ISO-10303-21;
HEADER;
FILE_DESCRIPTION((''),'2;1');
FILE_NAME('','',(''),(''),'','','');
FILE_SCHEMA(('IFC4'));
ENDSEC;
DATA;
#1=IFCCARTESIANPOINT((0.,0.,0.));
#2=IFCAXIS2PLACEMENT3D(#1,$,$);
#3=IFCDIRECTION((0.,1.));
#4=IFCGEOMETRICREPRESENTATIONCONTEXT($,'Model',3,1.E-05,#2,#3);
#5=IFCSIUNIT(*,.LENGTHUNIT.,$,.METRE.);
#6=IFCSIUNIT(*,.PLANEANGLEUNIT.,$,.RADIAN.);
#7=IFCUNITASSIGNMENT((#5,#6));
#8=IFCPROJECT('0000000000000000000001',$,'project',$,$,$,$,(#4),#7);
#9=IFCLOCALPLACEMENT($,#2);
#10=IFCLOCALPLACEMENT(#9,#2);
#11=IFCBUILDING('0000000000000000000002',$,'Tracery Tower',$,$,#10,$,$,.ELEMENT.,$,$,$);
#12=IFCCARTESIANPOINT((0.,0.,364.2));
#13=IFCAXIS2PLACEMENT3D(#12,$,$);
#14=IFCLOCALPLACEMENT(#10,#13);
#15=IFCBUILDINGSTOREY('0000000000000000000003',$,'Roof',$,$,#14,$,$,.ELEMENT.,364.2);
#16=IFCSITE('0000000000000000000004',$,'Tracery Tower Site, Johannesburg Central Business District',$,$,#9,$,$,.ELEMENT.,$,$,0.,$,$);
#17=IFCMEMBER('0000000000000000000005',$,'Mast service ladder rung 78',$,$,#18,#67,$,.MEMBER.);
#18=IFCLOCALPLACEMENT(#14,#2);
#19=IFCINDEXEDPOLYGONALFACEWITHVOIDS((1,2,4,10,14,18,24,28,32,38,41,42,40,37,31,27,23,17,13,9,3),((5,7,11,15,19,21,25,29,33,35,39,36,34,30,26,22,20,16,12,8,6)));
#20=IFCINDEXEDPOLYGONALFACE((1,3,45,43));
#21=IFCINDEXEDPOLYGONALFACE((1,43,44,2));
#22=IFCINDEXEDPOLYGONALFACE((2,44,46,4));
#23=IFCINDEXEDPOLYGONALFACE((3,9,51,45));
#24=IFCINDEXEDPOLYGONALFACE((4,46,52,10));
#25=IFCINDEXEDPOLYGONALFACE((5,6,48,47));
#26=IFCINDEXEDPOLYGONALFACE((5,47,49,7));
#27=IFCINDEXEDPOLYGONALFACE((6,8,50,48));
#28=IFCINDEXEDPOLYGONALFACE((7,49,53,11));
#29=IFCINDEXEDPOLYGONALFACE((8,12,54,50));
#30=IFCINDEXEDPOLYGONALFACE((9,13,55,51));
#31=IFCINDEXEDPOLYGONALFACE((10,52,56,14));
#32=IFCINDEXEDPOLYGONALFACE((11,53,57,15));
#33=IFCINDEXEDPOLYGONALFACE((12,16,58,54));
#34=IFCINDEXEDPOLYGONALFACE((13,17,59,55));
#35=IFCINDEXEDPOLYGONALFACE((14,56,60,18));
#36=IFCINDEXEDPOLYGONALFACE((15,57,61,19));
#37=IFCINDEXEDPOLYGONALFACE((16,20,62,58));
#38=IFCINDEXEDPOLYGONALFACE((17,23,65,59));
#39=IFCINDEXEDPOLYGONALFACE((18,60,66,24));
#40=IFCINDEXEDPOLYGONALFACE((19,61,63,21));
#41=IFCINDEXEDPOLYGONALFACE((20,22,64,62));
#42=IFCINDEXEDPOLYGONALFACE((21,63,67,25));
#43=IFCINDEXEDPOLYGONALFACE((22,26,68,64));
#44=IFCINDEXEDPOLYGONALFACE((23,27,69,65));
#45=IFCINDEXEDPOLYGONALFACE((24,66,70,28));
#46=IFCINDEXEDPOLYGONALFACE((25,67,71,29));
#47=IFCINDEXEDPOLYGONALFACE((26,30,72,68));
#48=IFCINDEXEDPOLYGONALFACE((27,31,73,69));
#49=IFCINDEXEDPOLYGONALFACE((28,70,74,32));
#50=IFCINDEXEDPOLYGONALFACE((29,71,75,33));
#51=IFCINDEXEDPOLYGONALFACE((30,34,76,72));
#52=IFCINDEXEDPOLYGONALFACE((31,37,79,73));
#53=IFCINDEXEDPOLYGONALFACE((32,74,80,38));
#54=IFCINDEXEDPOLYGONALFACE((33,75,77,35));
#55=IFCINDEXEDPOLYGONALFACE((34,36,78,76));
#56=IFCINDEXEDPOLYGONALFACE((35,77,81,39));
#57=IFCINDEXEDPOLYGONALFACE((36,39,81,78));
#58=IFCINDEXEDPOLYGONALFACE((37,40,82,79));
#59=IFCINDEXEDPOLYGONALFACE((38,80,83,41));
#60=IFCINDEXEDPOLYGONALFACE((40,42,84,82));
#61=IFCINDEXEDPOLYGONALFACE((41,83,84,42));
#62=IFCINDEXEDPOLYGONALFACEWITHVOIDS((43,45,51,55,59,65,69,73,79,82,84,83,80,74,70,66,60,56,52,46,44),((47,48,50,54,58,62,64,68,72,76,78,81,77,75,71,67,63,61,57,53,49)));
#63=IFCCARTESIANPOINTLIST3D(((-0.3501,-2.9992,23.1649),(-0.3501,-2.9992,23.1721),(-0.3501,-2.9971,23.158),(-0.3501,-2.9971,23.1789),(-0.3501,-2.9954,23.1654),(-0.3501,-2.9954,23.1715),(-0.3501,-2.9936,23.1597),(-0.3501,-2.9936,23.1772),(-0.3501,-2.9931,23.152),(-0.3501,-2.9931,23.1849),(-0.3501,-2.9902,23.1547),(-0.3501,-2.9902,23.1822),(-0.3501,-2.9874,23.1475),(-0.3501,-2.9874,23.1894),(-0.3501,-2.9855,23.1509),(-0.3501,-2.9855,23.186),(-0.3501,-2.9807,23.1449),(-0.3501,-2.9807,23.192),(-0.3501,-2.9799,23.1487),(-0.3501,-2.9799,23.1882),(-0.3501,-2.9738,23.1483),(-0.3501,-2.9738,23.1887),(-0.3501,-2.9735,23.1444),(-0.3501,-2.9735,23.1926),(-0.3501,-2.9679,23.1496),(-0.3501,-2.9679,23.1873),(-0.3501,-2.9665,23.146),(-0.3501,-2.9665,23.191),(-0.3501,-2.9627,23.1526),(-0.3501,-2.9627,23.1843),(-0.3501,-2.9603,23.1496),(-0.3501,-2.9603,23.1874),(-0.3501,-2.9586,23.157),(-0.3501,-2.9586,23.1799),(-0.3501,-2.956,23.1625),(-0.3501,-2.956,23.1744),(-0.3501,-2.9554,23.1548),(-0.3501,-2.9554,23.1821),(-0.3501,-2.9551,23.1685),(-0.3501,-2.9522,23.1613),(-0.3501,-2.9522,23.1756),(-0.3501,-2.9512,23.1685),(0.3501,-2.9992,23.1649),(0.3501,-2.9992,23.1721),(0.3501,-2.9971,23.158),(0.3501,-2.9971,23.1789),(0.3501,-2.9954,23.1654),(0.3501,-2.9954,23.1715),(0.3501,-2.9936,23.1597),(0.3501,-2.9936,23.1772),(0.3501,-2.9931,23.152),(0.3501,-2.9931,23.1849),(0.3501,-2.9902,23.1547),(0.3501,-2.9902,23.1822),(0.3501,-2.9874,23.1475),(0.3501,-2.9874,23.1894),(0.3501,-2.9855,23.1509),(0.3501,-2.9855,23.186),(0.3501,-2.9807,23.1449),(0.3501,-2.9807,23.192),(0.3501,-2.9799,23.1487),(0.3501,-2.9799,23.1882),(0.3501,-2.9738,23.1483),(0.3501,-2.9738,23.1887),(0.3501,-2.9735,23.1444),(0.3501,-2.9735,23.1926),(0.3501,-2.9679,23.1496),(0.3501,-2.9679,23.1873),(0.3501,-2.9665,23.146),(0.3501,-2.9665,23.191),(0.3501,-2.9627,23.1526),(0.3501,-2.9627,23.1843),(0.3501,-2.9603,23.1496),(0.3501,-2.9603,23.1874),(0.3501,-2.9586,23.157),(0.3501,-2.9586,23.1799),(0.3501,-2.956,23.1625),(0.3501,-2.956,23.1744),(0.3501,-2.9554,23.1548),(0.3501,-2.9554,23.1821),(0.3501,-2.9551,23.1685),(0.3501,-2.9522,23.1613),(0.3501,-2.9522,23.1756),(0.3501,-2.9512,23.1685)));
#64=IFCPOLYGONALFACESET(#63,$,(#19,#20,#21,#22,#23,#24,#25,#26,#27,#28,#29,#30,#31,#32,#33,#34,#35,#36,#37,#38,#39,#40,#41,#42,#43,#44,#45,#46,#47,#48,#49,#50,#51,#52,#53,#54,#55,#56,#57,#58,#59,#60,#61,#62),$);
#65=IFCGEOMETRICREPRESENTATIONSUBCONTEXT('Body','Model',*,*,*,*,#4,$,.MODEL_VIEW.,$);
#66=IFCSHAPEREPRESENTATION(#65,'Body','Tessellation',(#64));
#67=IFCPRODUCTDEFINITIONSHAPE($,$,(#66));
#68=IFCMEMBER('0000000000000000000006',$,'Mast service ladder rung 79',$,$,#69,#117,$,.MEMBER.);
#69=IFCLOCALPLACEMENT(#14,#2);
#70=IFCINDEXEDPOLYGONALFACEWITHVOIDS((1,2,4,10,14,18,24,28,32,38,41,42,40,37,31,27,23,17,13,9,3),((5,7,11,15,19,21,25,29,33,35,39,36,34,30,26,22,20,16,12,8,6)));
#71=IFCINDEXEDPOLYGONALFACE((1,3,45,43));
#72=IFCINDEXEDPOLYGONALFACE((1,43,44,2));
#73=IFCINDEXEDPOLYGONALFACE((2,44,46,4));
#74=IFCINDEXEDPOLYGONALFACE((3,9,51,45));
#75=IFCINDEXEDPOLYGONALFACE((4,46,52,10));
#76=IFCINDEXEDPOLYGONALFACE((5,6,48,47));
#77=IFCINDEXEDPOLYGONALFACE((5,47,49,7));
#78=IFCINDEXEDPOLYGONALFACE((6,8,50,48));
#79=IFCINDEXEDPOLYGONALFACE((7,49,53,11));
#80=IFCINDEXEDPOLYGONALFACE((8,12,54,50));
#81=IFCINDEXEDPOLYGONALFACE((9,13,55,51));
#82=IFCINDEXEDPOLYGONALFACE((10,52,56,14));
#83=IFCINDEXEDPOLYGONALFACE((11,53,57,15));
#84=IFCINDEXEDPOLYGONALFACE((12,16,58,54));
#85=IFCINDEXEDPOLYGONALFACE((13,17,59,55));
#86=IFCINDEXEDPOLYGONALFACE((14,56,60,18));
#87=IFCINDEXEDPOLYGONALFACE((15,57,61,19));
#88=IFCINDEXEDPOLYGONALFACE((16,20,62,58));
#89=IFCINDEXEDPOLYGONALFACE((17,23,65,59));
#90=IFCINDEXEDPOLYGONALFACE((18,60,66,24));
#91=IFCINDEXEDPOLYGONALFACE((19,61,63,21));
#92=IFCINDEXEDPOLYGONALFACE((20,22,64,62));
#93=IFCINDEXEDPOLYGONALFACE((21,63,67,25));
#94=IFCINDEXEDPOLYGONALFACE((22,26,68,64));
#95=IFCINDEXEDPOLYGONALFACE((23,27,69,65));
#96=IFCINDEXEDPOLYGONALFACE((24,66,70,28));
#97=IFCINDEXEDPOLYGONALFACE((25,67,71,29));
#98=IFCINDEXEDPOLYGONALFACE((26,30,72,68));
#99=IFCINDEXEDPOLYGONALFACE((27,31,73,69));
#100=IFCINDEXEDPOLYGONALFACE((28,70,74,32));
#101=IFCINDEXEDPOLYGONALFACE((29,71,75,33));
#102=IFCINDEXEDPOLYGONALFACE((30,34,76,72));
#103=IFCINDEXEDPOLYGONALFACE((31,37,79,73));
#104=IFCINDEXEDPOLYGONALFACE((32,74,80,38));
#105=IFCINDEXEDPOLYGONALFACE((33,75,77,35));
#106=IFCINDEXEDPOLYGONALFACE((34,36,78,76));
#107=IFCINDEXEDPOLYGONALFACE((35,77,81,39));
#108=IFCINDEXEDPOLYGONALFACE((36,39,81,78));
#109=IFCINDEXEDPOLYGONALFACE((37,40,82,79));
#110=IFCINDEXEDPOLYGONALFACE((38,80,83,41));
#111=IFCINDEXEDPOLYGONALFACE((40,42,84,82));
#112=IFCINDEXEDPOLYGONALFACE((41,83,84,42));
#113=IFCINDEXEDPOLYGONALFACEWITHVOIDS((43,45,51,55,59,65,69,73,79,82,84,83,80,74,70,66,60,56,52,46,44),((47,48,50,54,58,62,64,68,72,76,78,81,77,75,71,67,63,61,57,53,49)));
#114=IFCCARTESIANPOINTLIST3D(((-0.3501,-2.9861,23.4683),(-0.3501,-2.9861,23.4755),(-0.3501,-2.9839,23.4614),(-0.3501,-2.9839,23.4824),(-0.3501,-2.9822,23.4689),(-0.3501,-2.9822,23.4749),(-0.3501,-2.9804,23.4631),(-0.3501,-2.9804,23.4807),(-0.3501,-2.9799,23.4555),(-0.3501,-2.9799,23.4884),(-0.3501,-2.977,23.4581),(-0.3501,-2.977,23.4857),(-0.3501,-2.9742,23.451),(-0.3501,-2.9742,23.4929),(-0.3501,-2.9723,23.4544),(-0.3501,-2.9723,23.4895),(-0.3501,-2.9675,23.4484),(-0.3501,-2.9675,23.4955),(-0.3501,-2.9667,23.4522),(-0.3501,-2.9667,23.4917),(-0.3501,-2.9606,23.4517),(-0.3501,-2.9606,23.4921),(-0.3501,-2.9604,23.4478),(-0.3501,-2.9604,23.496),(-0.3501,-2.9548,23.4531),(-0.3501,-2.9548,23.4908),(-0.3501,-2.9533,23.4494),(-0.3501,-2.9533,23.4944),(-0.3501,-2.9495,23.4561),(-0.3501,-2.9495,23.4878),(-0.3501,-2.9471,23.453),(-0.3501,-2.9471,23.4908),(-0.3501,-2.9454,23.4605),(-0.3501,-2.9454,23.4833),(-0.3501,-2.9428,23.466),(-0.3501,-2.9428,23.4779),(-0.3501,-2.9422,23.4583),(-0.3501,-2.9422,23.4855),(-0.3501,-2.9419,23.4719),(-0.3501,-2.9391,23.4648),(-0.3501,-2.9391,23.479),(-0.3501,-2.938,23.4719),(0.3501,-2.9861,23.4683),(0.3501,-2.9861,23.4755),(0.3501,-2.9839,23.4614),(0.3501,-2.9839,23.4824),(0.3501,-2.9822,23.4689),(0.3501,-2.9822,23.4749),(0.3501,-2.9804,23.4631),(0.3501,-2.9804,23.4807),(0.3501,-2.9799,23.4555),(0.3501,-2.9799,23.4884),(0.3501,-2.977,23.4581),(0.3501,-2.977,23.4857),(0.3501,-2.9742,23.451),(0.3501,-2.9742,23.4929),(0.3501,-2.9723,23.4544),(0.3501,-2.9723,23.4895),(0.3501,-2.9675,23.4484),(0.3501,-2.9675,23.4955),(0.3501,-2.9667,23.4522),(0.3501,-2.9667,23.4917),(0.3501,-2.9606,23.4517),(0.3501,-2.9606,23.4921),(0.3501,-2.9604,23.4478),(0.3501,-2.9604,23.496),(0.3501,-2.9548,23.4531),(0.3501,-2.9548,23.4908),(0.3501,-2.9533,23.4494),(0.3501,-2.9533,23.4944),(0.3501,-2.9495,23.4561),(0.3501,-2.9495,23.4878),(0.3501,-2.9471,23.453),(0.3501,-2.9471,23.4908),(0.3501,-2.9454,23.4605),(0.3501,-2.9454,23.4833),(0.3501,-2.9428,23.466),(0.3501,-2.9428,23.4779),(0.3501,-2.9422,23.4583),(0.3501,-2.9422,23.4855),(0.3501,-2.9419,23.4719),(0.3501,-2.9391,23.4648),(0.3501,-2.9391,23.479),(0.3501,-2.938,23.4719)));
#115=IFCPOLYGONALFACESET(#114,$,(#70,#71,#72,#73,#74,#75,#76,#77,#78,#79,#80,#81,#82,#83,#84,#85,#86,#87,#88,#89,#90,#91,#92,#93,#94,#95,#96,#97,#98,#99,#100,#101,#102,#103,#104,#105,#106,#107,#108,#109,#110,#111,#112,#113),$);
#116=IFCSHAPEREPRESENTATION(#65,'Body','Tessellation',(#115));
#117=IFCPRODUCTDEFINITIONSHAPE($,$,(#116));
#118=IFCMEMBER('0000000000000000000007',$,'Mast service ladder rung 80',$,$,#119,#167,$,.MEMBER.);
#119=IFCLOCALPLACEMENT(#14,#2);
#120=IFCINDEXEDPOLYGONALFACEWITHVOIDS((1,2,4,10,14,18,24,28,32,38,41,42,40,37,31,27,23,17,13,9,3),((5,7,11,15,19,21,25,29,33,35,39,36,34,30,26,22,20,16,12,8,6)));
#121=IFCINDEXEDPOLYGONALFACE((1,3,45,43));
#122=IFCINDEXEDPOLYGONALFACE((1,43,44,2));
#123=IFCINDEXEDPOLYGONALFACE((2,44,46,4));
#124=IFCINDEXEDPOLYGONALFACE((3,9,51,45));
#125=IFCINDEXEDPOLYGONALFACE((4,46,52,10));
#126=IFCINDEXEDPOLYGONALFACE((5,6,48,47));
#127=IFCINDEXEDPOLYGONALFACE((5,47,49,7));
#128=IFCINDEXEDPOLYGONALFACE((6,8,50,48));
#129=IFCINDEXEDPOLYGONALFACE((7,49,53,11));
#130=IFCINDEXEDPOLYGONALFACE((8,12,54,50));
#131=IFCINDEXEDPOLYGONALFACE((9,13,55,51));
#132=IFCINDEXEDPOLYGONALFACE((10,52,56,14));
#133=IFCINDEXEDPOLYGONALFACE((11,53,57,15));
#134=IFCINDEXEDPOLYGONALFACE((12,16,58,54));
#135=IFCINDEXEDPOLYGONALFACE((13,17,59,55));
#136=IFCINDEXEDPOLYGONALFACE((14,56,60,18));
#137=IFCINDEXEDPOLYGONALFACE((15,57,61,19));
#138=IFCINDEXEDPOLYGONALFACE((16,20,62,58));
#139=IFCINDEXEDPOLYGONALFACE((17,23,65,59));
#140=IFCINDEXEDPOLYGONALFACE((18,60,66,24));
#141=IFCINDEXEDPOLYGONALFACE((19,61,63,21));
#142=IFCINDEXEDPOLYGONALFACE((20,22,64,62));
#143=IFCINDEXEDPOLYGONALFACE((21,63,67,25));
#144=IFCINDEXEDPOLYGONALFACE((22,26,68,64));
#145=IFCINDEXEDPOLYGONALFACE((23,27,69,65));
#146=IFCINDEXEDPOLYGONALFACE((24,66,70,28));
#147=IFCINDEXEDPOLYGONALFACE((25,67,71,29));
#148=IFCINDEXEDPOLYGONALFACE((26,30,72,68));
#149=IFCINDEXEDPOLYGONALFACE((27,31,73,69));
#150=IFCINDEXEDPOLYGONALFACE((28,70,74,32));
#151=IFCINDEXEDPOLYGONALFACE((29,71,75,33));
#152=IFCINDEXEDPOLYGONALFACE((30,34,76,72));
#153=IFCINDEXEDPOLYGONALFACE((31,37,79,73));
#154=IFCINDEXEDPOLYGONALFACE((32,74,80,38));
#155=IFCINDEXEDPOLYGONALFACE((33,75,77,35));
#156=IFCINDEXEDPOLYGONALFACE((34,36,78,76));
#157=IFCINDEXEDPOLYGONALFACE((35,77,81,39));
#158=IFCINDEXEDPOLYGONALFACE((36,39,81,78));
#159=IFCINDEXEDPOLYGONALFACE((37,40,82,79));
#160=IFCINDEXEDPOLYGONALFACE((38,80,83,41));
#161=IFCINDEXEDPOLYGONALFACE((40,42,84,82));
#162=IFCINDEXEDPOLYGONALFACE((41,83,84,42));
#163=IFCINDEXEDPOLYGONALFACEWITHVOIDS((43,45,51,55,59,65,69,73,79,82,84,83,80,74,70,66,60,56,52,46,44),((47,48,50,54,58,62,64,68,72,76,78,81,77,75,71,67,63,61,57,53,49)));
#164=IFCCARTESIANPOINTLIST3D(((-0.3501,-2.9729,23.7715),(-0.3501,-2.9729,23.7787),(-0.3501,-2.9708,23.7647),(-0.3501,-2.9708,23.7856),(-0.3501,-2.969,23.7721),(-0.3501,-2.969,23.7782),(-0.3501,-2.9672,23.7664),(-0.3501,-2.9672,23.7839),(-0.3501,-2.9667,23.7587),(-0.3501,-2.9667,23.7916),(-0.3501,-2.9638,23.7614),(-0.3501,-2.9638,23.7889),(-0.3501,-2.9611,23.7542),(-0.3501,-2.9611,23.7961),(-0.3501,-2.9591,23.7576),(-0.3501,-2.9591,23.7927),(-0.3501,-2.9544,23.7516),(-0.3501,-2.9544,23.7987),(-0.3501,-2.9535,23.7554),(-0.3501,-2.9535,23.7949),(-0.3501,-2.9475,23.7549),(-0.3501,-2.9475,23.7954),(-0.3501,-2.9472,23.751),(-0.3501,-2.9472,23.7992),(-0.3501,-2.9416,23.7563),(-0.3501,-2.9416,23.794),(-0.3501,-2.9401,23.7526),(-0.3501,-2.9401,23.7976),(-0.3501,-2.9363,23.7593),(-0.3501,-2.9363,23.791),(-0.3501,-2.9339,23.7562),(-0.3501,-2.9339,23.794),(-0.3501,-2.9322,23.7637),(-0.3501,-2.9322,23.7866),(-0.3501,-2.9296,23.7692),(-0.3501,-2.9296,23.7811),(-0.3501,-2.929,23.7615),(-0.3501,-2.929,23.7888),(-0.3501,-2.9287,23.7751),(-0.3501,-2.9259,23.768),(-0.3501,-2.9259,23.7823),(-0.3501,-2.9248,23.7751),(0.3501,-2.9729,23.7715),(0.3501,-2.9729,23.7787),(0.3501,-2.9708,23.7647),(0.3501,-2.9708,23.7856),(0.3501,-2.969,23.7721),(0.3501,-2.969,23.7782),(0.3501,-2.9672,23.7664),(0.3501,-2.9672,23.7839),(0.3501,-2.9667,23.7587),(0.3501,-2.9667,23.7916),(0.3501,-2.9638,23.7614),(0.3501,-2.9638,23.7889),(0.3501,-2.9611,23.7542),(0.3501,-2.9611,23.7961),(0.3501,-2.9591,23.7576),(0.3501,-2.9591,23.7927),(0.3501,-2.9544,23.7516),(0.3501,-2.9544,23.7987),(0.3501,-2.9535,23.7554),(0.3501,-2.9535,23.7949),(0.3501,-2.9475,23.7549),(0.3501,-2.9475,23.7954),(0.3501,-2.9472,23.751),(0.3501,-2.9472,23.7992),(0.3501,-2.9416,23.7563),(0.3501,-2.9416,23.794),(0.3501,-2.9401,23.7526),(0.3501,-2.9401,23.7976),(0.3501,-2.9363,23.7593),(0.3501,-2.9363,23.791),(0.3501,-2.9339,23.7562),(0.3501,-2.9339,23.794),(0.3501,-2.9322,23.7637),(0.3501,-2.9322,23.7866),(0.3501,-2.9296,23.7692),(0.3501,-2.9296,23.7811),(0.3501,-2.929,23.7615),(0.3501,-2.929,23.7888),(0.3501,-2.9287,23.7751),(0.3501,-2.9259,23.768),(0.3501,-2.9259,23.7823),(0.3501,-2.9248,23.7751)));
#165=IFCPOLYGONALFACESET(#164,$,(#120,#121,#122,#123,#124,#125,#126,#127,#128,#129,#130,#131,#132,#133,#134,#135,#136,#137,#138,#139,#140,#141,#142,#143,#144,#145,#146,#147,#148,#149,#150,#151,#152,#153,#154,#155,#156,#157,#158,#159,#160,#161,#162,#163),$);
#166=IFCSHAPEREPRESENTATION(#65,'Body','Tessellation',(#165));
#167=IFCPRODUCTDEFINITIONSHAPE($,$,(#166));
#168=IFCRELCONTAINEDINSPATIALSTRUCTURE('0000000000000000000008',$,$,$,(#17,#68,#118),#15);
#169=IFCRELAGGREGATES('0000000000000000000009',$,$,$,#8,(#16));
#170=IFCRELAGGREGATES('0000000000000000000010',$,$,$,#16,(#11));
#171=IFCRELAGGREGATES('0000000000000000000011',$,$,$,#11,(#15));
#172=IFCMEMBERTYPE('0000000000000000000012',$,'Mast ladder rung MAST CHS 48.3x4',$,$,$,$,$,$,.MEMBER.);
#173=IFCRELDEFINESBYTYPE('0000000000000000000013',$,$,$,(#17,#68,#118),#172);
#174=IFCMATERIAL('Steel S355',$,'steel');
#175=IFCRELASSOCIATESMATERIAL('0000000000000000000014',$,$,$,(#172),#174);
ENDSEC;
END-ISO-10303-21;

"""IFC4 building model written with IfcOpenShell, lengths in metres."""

from ifc_helpers import new_model, si_unit, direction, frame, origin, origin_2d, place, context, subcontext, project, spatial, hollow_circle, extrude, material, material_profile, profile_set, type_object, element, save


model = new_model("IFC4")

# Units and contexts
model_context = context("Model", 3, precision=1e-05, world=origin(), true_north=direction((0.0, 1.0)))
body_context = subcontext(model_context, "Body", "Model", "MODEL_VIEW")
ifc_project = project(units=[si_unit("LENGTHUNIT", "METRE"), si_unit("PLANEANGLEUNIT", "RADIAN")], contexts=[model_context])

# Site, building, storey
site_placement = place(None, origin())
site = spatial("IfcSite", under=ifc_project, at=site_placement, Name="Tracery Tower Site, Johannesburg Central Business District", CompositionType="ELEMENT", RefElevation=0.0)
building_placement = place(site_placement, origin())
building = spatial("IfcBuilding", under=site, at=building_placement, Name="Tracery Tower", CompositionType="ELEMENT")
storey_placement = place(building_placement, frame((0.0, 0.0, 364.2)))
storey = spatial("IfcBuildingStorey", under=building, at=storey_placement, Name="Roof", CompositionType="ELEMENT", Elevation=364.2)

# Members
ifc_material_1 = material(Name="Steel S355", Category="steel")
ifc_material_profile_1 = material_profile(ifc_material_1, hollow_circle(Radius=0.0242, WallThickness=0.0039, at=origin_2d()), Name="CHS 48.3x4")
ifc_profile_set_1 = profile_set([ifc_material_profile_1], Name="Steel S355")
member_type_1 = type_object("IfcMemberType", Name="Mast ladder rung MAST CHS 48.3x4", PredefinedType="MEMBER", material=ifc_profile_set_1)
for number, where, z_axis, x_axis, name in (
    (1, (-0.3501, -2.9753, 23.1685), (1.0, 0.0, 0.0), (0.0, 1.0, 0.0), "Mast service ladder rung 78"),
    (2, (-0.3501, -2.9622, 23.4719), (1.0, 0.0, 0.0), (0.0, 1.0, 0.0), "Mast service ladder rung 79"),
    (3, (-0.3501, -2.949, 23.7751), (1.0, 0.0, 0.0), (0.0, 1.0, 0.0), "Mast service ladder rung 80"),
):
    element("IfcMember", number, at=place(storey_placement, frame(where, z_axis=z_axis, x_axis=x_axis)), inside=storey, type_object=member_type_1, Name=name, PredefinedType="MEMBER", context=body_context, shape_type="SweptSolid", body=[
        extrude(hollow_circle(Radius=0.0242, WallThickness=0.0039, at=origin_2d()), origin(), (0.0, 0.0, 1.0), 0.7002),
    ])

save(model, "model.ifc")
